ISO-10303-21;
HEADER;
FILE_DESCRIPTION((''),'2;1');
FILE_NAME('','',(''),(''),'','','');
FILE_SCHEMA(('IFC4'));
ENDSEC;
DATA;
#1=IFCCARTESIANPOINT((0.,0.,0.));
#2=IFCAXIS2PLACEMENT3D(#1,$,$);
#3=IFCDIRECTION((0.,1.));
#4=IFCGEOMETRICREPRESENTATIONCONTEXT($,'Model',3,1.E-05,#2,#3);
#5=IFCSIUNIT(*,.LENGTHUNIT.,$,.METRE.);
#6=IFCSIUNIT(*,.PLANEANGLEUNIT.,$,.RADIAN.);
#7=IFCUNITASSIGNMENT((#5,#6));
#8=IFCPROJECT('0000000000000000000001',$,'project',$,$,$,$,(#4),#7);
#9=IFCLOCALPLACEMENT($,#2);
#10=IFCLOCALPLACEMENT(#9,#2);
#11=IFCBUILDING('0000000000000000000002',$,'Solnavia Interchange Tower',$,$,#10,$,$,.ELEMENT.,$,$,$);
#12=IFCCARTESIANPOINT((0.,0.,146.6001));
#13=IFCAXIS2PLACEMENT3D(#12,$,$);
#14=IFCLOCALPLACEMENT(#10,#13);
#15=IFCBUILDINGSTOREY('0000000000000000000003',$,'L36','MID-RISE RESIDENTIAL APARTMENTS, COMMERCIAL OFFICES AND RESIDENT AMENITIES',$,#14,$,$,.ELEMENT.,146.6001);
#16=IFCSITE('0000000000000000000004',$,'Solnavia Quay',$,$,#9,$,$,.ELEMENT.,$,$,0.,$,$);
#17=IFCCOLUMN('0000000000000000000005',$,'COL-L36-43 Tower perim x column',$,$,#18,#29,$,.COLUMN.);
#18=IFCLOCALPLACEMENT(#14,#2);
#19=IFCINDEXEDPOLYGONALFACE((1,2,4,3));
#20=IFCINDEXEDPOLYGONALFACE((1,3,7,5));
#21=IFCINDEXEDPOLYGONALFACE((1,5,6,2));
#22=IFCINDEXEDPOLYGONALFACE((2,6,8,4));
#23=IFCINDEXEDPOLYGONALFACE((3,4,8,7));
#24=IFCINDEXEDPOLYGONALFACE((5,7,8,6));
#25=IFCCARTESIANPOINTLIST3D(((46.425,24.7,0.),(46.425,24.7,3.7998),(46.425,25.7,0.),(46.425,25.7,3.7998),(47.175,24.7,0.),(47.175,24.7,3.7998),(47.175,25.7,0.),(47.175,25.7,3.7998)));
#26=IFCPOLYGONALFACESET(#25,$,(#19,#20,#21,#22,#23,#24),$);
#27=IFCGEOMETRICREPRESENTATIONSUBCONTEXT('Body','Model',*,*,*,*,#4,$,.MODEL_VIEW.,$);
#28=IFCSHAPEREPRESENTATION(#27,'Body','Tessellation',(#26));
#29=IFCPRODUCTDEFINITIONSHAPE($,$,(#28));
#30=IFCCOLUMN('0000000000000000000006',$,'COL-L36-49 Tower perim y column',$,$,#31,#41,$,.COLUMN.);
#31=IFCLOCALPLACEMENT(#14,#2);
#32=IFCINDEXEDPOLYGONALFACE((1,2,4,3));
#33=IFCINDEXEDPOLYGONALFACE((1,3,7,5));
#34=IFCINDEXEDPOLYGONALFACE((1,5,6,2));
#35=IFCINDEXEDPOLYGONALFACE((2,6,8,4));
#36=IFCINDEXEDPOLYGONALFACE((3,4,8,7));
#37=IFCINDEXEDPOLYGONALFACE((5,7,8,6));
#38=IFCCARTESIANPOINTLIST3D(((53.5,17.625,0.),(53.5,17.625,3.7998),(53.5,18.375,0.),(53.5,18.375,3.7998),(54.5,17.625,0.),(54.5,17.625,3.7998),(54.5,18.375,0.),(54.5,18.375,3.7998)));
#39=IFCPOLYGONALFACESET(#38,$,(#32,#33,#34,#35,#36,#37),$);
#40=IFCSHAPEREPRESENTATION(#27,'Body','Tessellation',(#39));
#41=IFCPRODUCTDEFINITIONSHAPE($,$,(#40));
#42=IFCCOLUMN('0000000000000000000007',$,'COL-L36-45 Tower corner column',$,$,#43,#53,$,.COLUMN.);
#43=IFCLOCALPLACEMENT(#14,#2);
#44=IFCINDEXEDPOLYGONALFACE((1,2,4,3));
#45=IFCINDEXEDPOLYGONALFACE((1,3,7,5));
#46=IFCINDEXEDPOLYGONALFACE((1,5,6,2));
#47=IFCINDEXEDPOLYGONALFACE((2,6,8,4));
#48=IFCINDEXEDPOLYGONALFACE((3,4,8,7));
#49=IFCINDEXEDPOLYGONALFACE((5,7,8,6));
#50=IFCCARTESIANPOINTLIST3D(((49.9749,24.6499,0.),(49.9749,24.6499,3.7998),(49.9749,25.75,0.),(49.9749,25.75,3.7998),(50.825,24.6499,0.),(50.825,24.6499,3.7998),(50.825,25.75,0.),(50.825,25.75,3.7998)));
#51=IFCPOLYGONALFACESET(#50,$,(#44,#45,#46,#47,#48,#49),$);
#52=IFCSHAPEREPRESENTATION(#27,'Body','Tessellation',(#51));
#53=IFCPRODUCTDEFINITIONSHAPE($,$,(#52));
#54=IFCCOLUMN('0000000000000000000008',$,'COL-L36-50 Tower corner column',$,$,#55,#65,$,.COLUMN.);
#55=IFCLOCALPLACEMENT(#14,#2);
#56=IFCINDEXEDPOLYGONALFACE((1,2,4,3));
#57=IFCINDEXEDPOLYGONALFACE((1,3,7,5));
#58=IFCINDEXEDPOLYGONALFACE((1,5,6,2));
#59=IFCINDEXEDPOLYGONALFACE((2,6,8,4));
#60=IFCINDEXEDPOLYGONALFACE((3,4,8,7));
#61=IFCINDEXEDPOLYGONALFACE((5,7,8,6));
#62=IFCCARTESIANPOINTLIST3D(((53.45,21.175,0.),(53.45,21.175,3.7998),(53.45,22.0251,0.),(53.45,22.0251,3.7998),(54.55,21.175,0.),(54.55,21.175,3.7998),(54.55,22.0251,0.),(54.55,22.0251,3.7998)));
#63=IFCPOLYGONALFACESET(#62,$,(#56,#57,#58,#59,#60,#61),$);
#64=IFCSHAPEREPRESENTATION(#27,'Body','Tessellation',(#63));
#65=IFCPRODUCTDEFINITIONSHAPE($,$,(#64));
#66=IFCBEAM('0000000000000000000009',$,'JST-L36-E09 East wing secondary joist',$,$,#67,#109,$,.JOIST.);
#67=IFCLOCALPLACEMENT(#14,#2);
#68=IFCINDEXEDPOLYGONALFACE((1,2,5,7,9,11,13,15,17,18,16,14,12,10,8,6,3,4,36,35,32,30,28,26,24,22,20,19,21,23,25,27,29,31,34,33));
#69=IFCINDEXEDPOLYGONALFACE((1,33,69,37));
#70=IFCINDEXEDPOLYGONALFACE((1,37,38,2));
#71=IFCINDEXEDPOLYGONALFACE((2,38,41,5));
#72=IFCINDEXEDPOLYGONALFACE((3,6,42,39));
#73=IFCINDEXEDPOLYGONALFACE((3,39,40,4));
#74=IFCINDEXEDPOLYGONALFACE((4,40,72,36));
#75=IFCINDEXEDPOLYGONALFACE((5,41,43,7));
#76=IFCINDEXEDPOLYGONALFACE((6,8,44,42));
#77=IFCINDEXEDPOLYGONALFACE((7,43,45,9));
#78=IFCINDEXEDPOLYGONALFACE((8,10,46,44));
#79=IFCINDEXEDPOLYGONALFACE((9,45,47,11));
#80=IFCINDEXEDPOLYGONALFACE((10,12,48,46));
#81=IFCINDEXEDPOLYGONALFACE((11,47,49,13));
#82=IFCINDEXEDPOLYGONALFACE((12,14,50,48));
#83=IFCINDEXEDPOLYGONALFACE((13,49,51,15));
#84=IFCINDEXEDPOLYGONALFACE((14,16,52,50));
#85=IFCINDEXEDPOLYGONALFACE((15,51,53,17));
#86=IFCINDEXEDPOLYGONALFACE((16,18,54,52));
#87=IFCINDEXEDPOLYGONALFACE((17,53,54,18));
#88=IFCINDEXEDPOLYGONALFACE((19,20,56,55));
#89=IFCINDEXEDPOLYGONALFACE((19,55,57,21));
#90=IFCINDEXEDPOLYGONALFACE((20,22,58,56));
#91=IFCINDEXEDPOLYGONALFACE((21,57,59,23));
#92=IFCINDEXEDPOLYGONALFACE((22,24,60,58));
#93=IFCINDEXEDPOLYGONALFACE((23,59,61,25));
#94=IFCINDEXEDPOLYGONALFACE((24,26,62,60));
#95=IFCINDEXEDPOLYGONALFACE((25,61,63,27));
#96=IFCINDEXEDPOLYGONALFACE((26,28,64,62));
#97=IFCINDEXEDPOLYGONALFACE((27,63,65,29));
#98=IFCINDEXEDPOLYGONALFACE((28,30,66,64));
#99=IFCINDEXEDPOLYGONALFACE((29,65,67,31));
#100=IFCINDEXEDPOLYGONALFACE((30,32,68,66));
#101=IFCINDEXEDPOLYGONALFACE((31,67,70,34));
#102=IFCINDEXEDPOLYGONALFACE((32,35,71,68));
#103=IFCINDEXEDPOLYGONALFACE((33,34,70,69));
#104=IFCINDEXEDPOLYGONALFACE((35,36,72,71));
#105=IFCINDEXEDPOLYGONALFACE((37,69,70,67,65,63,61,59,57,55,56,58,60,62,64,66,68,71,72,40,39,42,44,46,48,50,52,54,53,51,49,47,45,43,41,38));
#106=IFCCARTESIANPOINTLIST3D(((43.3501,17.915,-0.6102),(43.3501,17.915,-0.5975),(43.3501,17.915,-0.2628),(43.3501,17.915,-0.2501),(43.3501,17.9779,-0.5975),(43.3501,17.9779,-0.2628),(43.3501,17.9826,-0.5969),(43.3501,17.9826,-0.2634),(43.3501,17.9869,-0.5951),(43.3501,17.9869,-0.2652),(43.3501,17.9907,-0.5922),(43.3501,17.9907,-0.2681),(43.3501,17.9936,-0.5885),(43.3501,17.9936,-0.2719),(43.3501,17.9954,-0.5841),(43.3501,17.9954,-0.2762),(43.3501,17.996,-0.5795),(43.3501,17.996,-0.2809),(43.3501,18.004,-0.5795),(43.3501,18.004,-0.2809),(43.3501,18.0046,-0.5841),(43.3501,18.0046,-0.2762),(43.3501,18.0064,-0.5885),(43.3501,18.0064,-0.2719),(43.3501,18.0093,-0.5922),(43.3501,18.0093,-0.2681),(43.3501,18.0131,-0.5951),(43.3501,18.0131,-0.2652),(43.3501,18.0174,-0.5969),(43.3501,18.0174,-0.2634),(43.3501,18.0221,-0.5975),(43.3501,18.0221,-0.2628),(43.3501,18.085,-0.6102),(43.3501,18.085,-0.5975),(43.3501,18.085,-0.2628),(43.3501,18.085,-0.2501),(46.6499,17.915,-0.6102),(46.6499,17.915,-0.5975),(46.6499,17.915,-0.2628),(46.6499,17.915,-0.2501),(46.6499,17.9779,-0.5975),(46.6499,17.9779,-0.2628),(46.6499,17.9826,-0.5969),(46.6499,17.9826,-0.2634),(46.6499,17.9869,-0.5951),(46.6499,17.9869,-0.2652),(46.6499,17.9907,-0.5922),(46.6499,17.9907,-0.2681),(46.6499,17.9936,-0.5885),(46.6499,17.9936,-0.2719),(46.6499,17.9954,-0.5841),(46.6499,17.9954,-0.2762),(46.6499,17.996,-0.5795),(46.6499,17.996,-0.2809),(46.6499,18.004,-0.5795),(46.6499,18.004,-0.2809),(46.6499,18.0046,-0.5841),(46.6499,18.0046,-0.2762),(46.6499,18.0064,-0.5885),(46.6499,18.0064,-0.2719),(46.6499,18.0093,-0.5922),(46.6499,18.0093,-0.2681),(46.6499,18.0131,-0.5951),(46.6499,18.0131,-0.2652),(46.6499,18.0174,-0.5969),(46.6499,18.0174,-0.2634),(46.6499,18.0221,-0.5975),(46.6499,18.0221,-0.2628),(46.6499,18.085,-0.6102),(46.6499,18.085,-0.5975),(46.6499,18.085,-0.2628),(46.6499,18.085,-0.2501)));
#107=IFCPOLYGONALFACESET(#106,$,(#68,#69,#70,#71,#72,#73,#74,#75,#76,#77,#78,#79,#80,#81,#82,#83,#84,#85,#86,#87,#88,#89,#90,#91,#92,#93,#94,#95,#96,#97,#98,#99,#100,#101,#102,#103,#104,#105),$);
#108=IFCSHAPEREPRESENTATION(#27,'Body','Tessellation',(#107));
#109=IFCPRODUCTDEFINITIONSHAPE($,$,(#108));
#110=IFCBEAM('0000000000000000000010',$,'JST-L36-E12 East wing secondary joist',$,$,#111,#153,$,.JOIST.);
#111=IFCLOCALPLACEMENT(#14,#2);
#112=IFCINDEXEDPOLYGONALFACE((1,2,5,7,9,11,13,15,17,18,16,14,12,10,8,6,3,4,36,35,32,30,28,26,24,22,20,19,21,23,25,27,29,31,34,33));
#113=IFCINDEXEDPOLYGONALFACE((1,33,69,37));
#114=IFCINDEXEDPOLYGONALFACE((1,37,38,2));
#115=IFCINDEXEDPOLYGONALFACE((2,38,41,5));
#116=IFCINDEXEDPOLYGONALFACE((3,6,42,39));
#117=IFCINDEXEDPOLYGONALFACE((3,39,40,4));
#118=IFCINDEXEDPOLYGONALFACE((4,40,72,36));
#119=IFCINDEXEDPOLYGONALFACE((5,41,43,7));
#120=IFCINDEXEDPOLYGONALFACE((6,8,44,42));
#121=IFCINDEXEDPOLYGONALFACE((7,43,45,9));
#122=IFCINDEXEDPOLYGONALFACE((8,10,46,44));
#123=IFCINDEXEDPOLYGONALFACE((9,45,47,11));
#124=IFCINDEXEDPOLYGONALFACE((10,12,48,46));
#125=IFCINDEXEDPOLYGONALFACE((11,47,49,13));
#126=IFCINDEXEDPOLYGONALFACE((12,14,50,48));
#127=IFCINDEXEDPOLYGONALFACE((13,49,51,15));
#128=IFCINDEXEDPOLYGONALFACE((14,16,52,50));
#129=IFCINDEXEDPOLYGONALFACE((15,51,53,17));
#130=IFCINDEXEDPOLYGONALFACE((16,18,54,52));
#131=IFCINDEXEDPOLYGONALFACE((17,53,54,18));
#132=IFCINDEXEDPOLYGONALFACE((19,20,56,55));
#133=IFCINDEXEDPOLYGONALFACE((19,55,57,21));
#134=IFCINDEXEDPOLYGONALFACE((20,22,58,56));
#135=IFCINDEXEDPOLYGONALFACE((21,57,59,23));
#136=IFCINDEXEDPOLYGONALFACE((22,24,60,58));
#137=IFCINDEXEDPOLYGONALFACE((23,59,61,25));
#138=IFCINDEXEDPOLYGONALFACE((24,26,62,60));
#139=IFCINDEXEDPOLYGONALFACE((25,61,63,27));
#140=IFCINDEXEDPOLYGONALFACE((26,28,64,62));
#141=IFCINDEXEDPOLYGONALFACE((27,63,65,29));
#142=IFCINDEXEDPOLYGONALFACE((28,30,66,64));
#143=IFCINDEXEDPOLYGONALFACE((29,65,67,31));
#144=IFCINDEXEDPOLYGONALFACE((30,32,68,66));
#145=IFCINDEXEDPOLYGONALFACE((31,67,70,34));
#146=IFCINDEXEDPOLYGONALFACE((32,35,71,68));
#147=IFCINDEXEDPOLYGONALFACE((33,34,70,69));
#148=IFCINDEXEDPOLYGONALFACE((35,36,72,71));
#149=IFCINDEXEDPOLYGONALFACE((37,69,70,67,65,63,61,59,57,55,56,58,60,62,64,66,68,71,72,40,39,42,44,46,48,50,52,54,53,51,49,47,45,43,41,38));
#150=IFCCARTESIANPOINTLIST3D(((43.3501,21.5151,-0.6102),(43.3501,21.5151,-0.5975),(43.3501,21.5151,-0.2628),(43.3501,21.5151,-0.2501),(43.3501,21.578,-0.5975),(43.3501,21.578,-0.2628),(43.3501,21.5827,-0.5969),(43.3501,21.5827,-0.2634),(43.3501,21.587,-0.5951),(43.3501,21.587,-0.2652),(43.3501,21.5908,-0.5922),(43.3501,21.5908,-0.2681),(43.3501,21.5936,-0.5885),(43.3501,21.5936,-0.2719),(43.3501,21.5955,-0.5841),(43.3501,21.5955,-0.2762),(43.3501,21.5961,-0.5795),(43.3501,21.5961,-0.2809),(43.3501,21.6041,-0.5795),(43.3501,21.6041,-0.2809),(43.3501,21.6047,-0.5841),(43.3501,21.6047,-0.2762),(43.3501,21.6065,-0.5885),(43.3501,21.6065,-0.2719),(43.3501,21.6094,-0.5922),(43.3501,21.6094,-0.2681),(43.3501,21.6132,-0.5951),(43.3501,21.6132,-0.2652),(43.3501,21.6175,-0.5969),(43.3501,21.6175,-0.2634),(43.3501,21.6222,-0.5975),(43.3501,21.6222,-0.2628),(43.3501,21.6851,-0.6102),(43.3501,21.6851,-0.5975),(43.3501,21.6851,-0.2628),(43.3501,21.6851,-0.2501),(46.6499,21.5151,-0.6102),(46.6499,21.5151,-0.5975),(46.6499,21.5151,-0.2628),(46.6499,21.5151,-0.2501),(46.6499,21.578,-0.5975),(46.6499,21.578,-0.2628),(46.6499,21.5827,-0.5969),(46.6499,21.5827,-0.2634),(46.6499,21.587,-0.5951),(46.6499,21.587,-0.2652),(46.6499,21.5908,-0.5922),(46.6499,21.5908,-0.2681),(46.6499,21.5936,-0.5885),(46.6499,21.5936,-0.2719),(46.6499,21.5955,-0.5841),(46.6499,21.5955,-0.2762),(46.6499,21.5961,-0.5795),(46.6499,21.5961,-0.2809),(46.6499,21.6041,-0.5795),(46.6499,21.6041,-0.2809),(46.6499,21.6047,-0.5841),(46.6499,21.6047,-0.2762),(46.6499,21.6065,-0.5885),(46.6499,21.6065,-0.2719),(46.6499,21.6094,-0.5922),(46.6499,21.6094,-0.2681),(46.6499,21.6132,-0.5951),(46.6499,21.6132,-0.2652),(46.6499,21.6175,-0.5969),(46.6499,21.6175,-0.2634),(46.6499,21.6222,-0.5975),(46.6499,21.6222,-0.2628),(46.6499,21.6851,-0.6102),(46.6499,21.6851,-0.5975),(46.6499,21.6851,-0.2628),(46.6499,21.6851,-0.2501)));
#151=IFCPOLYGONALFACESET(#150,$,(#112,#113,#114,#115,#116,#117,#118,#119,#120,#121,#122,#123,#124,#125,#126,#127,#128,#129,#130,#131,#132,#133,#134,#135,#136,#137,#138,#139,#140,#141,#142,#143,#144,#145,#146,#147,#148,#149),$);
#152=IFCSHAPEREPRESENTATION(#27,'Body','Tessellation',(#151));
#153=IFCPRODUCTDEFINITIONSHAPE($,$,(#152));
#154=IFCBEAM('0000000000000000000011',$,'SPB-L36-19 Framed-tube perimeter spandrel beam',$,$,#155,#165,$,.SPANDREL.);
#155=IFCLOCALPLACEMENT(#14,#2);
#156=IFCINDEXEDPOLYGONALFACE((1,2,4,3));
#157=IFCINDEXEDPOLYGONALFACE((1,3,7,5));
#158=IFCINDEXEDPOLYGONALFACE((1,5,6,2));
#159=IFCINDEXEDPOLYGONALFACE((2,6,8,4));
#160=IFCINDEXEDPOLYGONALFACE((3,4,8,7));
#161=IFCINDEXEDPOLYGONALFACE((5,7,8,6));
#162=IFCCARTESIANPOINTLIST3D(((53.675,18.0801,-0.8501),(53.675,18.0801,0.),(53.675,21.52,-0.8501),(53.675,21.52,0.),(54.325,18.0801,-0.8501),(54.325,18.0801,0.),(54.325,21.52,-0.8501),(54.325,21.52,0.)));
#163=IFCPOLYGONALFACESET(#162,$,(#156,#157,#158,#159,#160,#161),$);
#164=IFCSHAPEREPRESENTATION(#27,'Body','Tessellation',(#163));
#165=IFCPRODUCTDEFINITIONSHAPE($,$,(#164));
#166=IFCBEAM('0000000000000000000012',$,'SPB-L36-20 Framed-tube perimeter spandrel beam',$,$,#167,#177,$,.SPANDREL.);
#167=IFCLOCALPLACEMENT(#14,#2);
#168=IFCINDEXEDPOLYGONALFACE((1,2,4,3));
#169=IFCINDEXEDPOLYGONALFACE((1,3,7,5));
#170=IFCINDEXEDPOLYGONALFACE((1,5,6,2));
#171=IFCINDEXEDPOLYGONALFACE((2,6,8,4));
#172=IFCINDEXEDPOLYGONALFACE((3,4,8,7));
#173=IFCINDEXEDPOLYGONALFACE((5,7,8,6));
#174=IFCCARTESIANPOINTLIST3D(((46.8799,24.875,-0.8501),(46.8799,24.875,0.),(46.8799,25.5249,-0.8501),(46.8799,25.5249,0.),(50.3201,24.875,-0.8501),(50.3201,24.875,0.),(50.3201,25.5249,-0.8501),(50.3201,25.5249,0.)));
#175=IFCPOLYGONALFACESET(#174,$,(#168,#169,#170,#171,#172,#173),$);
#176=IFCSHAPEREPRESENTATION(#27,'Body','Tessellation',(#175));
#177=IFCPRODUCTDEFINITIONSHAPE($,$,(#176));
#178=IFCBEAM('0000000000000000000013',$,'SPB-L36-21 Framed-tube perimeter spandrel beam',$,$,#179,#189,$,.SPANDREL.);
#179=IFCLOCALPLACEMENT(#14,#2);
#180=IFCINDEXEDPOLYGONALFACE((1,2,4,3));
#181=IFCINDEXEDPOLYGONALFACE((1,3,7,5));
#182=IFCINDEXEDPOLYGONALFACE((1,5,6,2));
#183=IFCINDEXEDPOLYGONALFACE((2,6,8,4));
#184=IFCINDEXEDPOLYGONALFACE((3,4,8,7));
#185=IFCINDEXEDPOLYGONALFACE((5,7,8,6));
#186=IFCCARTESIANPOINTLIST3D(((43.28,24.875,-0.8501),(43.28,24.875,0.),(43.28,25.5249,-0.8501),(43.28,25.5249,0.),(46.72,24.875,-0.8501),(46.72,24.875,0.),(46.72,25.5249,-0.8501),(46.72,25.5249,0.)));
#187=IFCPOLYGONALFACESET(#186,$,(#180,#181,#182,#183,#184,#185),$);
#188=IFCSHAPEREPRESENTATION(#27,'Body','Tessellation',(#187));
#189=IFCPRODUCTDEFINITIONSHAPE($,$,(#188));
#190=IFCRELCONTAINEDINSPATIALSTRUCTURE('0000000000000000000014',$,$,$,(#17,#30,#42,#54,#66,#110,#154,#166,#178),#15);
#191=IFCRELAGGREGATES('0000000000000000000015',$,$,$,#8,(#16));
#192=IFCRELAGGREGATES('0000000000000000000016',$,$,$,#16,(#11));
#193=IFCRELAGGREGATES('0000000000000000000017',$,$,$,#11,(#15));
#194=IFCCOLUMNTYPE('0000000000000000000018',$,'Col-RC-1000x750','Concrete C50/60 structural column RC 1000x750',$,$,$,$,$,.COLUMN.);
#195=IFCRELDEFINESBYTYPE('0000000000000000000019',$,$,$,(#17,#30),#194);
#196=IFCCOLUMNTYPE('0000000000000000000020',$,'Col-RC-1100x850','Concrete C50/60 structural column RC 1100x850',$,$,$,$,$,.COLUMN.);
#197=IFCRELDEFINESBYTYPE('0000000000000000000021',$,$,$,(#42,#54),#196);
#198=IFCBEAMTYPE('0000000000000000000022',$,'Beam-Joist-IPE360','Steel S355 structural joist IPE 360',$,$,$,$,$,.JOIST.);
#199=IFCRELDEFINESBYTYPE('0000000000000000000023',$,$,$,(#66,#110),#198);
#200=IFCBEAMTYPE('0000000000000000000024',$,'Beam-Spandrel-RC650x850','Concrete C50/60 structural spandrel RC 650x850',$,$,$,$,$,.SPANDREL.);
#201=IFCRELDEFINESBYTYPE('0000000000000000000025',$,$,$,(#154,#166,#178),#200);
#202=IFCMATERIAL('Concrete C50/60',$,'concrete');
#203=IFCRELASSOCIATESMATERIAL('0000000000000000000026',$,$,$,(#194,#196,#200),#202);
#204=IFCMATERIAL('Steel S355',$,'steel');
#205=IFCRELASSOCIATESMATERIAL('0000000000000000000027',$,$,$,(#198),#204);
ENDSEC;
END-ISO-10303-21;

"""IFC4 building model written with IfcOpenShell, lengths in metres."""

from ifc_helpers import new_model, si_unit, direction, frame, origin, origin_2d, place, context, subcontext, project, spatial, rectangle, i_section, extrude, material, material_profile, profile_set, type_object, element, save


model = new_model("IFC4")

# Units and contexts
model_context = context("Model", 3, precision=1e-05, world=origin(), true_north=direction((0.0, 1.0)))
body_context = subcontext(model_context, "Body", "Model", "MODEL_VIEW")
ifc_project = project(units=[si_unit("LENGTHUNIT", "METRE"), si_unit("PLANEANGLEUNIT", "RADIAN")], contexts=[model_context])

# Site, building, storey
site_placement = place(None, origin())
site = spatial("IfcSite", under=ifc_project, at=site_placement, Name="Solnavia Quay", CompositionType="ELEMENT", RefElevation=0.0)
building_placement = place(site_placement, origin())
building = spatial("IfcBuilding", under=site, at=building_placement, Name="Solnavia Interchange Tower", CompositionType="ELEMENT")
storey_placement = place(building_placement, frame((0.0, 0.0, 146.6001)))
storey = spatial("IfcBuildingStorey", under=building, at=storey_placement, Name="L36", Description="MID-RISE RESIDENTIAL APARTMENTS, COMMERCIAL OFFICES AND RESIDENT AMENITIES", CompositionType="ELEMENT", Elevation=146.6001)

# Columns
ifc_material_1 = material(Name="Concrete C50/60", Category="concrete")
ifc_material_profile_1 = material_profile(ifc_material_1, rectangle(XDim=0.75, YDim=1.0, at=origin_2d()), Name="RC 1000x750")
ifc_profile_set_1 = profile_set([ifc_material_profile_1], Name="Concrete C50/60")
column_type_1 = type_object("IfcColumnType", Name="Col-RC-1000x750", Description="Concrete C50/60 structural column RC 1000x750", PredefinedType="COLUMN", material=ifc_profile_set_1)
for number, where, z_axis, x_axis, name in (
    (1, (46.8, 25.2, 0.0), (0.0, 0.0, 1.0), (1.0, 0.0, 0.0), "COL-L36-43 Tower perim x column"),
    (2, (54.0, 18.0, 0.0), (0.0, 0.0, 1.0), (0.0, 1.0, 0.0), "COL-L36-49 Tower perim y column"),
):
    element("IfcColumn", number, at=place(storey_placement, frame(where, z_axis=z_axis, x_axis=x_axis)), inside=storey, type_object=column_type_1, Name=name, PredefinedType="COLUMN", context=body_context, shape_type="SweptSolid", body=[
        extrude(rectangle(XDim=0.75, YDim=1.0, at=origin_2d()), origin(), (0.0, 0.0, 1.0), 3.7998),
    ])
ifc_material_profile_2 = material_profile(ifc_material_1, rectangle(XDim=0.8501, YDim=1.1001, at=origin_2d()), Name="RC 1100x850")
ifc_profile_set_2 = profile_set([ifc_material_profile_2], Name="Concrete C50/60")
column_type_2 = type_object("IfcColumnType", Name="Col-RC-1100x850", Description="Concrete C50/60 structural column RC 1100x850", PredefinedType="COLUMN", material=ifc_profile_set_2)
for number, where, z_axis, x_axis, name in (
    (3, (50.3999, 25.2, 0.0), (0.0, 0.0, 1.0), (1.0, 0.0, 0.0), "COL-L36-45 Tower corner column"),
    (4, (54.0, 21.6001, 0.0), (0.0, 0.0, 1.0), (0.0, 1.0, 0.0), "COL-L36-50 Tower corner column"),
):
    element("IfcColumn", number, at=place(storey_placement, frame(where, z_axis=z_axis, x_axis=x_axis)), inside=storey, type_object=column_type_2, Name=name, PredefinedType="COLUMN", context=body_context, shape_type="SweptSolid", body=[
        extrude(rectangle(XDim=0.8501, YDim=1.1001, at=origin_2d()), origin(), (0.0, 0.0, 1.0), 3.7998),
    ])

# Beams
ifc_material_2 = material(Name="Steel S355", Category="steel")
ifc_material_profile_3 = material_profile(ifc_material_2, i_section(OverallWidth=0.1699, OverallDepth=0.3601, WebThickness=0.0081, FlangeThickness=0.0127, FilletRadius=0.0181, at=origin_2d()), Name="IPE 360")
ifc_profile_set_3 = profile_set([ifc_material_profile_3], Name="Steel S355")
beam_type_1 = type_object("IfcBeamType", Name="Beam-Joist-IPE360", Description="Steel S355 structural joist IPE 360", PredefinedType="JOIST", material=ifc_profile_set_3)
for number, where, z_axis, x_axis, name in (
    (5, (43.3501, 18.0, -0.4302), (1.0, 0.0, 0.0), (0.0, 1.0, 0.0), "JST-L36-E09 East wing secondary joist"),
    (6, (43.3501, 21.6001, -0.4302), (1.0, 0.0, 0.0), (0.0, 1.0, 0.0), "JST-L36-E12 East wing secondary joist"),
):
    element("IfcBeam", number, at=place(storey_placement, frame(where, z_axis=z_axis, x_axis=x_axis)), inside=storey, type_object=beam_type_1, Name=name, PredefinedType="JOIST", context=body_context, shape_type="SweptSolid", body=[
        extrude(i_section(OverallWidth=0.1699, OverallDepth=0.3601, WebThickness=0.0081, FlangeThickness=0.0127, FilletRadius=0.0181, at=origin_2d()), origin(), (0.0, 0.0, 1.0), 3.2998),
    ])
ifc_material_profile_4 = material_profile(ifc_material_1, rectangle(XDim=0.6499, YDim=0.8501, at=origin_2d()), Name="RC 650x850")
ifc_profile_set_4 = profile_set([ifc_material_profile_4], Name="Concrete C50/60")
beam_type_2 = type_object("IfcBeamType", Name="Beam-Spandrel-RC650x850", Description="Concrete C50/60 structural spandrel RC 650x850", PredefinedType="SPANDREL", material=ifc_profile_set_4)
beam_1_placement = place(storey_placement, frame((54.0, 18.0801, -0.425), z_axis=(0.0, 1.0, 0.0), x_axis=(-1.0, 0.0, 0.0)))
element("IfcBeam", 7, at=beam_1_placement, inside=storey, type_object=beam_type_2, Name="SPB-L36-19 Framed-tube perimeter spandrel beam", PredefinedType="SPANDREL", context=body_context, shape_type="SweptSolid", body=[
    extrude(rectangle(XDim=0.6499, YDim=0.8501, at=origin_2d()), origin(), (0.0, 0.0, 1.0), 3.4399),
])
beam_2_placement = place(storey_placement, frame((50.3201, 25.2, -0.425), z_axis=(-1.0, 0.0, 0.0), x_axis=(0.0, -1.0, 0.0)))
element("IfcBeam", 8, at=beam_2_placement, inside=storey, type_object=beam_type_2, Name="SPB-L36-20 Framed-tube perimeter spandrel beam", PredefinedType="SPANDREL", context=body_context, shape_type="SweptSolid", body=[
    extrude(rectangle(XDim=0.6499, YDim=0.8501, at=origin_2d()), origin(), (0.0, 0.0, 1.0), 3.4402),
])
beam_3_placement = place(storey_placement, frame((46.72, 25.2, -0.425), z_axis=(-1.0, 0.0, 0.0), x_axis=(0.0, -1.0, 0.0)))
element("IfcBeam", 9, at=beam_3_placement, inside=storey, type_object=beam_type_2, Name="SPB-L36-21 Framed-tube perimeter spandrel beam", PredefinedType="SPANDREL", context=body_context, shape_type="SweptSolid", body=[
    extrude(rectangle(XDim=0.6499, YDim=0.8501, at=origin_2d()), origin(), (0.0, 0.0, 1.0), 3.4399),
])

save(model, "model.ifc")
